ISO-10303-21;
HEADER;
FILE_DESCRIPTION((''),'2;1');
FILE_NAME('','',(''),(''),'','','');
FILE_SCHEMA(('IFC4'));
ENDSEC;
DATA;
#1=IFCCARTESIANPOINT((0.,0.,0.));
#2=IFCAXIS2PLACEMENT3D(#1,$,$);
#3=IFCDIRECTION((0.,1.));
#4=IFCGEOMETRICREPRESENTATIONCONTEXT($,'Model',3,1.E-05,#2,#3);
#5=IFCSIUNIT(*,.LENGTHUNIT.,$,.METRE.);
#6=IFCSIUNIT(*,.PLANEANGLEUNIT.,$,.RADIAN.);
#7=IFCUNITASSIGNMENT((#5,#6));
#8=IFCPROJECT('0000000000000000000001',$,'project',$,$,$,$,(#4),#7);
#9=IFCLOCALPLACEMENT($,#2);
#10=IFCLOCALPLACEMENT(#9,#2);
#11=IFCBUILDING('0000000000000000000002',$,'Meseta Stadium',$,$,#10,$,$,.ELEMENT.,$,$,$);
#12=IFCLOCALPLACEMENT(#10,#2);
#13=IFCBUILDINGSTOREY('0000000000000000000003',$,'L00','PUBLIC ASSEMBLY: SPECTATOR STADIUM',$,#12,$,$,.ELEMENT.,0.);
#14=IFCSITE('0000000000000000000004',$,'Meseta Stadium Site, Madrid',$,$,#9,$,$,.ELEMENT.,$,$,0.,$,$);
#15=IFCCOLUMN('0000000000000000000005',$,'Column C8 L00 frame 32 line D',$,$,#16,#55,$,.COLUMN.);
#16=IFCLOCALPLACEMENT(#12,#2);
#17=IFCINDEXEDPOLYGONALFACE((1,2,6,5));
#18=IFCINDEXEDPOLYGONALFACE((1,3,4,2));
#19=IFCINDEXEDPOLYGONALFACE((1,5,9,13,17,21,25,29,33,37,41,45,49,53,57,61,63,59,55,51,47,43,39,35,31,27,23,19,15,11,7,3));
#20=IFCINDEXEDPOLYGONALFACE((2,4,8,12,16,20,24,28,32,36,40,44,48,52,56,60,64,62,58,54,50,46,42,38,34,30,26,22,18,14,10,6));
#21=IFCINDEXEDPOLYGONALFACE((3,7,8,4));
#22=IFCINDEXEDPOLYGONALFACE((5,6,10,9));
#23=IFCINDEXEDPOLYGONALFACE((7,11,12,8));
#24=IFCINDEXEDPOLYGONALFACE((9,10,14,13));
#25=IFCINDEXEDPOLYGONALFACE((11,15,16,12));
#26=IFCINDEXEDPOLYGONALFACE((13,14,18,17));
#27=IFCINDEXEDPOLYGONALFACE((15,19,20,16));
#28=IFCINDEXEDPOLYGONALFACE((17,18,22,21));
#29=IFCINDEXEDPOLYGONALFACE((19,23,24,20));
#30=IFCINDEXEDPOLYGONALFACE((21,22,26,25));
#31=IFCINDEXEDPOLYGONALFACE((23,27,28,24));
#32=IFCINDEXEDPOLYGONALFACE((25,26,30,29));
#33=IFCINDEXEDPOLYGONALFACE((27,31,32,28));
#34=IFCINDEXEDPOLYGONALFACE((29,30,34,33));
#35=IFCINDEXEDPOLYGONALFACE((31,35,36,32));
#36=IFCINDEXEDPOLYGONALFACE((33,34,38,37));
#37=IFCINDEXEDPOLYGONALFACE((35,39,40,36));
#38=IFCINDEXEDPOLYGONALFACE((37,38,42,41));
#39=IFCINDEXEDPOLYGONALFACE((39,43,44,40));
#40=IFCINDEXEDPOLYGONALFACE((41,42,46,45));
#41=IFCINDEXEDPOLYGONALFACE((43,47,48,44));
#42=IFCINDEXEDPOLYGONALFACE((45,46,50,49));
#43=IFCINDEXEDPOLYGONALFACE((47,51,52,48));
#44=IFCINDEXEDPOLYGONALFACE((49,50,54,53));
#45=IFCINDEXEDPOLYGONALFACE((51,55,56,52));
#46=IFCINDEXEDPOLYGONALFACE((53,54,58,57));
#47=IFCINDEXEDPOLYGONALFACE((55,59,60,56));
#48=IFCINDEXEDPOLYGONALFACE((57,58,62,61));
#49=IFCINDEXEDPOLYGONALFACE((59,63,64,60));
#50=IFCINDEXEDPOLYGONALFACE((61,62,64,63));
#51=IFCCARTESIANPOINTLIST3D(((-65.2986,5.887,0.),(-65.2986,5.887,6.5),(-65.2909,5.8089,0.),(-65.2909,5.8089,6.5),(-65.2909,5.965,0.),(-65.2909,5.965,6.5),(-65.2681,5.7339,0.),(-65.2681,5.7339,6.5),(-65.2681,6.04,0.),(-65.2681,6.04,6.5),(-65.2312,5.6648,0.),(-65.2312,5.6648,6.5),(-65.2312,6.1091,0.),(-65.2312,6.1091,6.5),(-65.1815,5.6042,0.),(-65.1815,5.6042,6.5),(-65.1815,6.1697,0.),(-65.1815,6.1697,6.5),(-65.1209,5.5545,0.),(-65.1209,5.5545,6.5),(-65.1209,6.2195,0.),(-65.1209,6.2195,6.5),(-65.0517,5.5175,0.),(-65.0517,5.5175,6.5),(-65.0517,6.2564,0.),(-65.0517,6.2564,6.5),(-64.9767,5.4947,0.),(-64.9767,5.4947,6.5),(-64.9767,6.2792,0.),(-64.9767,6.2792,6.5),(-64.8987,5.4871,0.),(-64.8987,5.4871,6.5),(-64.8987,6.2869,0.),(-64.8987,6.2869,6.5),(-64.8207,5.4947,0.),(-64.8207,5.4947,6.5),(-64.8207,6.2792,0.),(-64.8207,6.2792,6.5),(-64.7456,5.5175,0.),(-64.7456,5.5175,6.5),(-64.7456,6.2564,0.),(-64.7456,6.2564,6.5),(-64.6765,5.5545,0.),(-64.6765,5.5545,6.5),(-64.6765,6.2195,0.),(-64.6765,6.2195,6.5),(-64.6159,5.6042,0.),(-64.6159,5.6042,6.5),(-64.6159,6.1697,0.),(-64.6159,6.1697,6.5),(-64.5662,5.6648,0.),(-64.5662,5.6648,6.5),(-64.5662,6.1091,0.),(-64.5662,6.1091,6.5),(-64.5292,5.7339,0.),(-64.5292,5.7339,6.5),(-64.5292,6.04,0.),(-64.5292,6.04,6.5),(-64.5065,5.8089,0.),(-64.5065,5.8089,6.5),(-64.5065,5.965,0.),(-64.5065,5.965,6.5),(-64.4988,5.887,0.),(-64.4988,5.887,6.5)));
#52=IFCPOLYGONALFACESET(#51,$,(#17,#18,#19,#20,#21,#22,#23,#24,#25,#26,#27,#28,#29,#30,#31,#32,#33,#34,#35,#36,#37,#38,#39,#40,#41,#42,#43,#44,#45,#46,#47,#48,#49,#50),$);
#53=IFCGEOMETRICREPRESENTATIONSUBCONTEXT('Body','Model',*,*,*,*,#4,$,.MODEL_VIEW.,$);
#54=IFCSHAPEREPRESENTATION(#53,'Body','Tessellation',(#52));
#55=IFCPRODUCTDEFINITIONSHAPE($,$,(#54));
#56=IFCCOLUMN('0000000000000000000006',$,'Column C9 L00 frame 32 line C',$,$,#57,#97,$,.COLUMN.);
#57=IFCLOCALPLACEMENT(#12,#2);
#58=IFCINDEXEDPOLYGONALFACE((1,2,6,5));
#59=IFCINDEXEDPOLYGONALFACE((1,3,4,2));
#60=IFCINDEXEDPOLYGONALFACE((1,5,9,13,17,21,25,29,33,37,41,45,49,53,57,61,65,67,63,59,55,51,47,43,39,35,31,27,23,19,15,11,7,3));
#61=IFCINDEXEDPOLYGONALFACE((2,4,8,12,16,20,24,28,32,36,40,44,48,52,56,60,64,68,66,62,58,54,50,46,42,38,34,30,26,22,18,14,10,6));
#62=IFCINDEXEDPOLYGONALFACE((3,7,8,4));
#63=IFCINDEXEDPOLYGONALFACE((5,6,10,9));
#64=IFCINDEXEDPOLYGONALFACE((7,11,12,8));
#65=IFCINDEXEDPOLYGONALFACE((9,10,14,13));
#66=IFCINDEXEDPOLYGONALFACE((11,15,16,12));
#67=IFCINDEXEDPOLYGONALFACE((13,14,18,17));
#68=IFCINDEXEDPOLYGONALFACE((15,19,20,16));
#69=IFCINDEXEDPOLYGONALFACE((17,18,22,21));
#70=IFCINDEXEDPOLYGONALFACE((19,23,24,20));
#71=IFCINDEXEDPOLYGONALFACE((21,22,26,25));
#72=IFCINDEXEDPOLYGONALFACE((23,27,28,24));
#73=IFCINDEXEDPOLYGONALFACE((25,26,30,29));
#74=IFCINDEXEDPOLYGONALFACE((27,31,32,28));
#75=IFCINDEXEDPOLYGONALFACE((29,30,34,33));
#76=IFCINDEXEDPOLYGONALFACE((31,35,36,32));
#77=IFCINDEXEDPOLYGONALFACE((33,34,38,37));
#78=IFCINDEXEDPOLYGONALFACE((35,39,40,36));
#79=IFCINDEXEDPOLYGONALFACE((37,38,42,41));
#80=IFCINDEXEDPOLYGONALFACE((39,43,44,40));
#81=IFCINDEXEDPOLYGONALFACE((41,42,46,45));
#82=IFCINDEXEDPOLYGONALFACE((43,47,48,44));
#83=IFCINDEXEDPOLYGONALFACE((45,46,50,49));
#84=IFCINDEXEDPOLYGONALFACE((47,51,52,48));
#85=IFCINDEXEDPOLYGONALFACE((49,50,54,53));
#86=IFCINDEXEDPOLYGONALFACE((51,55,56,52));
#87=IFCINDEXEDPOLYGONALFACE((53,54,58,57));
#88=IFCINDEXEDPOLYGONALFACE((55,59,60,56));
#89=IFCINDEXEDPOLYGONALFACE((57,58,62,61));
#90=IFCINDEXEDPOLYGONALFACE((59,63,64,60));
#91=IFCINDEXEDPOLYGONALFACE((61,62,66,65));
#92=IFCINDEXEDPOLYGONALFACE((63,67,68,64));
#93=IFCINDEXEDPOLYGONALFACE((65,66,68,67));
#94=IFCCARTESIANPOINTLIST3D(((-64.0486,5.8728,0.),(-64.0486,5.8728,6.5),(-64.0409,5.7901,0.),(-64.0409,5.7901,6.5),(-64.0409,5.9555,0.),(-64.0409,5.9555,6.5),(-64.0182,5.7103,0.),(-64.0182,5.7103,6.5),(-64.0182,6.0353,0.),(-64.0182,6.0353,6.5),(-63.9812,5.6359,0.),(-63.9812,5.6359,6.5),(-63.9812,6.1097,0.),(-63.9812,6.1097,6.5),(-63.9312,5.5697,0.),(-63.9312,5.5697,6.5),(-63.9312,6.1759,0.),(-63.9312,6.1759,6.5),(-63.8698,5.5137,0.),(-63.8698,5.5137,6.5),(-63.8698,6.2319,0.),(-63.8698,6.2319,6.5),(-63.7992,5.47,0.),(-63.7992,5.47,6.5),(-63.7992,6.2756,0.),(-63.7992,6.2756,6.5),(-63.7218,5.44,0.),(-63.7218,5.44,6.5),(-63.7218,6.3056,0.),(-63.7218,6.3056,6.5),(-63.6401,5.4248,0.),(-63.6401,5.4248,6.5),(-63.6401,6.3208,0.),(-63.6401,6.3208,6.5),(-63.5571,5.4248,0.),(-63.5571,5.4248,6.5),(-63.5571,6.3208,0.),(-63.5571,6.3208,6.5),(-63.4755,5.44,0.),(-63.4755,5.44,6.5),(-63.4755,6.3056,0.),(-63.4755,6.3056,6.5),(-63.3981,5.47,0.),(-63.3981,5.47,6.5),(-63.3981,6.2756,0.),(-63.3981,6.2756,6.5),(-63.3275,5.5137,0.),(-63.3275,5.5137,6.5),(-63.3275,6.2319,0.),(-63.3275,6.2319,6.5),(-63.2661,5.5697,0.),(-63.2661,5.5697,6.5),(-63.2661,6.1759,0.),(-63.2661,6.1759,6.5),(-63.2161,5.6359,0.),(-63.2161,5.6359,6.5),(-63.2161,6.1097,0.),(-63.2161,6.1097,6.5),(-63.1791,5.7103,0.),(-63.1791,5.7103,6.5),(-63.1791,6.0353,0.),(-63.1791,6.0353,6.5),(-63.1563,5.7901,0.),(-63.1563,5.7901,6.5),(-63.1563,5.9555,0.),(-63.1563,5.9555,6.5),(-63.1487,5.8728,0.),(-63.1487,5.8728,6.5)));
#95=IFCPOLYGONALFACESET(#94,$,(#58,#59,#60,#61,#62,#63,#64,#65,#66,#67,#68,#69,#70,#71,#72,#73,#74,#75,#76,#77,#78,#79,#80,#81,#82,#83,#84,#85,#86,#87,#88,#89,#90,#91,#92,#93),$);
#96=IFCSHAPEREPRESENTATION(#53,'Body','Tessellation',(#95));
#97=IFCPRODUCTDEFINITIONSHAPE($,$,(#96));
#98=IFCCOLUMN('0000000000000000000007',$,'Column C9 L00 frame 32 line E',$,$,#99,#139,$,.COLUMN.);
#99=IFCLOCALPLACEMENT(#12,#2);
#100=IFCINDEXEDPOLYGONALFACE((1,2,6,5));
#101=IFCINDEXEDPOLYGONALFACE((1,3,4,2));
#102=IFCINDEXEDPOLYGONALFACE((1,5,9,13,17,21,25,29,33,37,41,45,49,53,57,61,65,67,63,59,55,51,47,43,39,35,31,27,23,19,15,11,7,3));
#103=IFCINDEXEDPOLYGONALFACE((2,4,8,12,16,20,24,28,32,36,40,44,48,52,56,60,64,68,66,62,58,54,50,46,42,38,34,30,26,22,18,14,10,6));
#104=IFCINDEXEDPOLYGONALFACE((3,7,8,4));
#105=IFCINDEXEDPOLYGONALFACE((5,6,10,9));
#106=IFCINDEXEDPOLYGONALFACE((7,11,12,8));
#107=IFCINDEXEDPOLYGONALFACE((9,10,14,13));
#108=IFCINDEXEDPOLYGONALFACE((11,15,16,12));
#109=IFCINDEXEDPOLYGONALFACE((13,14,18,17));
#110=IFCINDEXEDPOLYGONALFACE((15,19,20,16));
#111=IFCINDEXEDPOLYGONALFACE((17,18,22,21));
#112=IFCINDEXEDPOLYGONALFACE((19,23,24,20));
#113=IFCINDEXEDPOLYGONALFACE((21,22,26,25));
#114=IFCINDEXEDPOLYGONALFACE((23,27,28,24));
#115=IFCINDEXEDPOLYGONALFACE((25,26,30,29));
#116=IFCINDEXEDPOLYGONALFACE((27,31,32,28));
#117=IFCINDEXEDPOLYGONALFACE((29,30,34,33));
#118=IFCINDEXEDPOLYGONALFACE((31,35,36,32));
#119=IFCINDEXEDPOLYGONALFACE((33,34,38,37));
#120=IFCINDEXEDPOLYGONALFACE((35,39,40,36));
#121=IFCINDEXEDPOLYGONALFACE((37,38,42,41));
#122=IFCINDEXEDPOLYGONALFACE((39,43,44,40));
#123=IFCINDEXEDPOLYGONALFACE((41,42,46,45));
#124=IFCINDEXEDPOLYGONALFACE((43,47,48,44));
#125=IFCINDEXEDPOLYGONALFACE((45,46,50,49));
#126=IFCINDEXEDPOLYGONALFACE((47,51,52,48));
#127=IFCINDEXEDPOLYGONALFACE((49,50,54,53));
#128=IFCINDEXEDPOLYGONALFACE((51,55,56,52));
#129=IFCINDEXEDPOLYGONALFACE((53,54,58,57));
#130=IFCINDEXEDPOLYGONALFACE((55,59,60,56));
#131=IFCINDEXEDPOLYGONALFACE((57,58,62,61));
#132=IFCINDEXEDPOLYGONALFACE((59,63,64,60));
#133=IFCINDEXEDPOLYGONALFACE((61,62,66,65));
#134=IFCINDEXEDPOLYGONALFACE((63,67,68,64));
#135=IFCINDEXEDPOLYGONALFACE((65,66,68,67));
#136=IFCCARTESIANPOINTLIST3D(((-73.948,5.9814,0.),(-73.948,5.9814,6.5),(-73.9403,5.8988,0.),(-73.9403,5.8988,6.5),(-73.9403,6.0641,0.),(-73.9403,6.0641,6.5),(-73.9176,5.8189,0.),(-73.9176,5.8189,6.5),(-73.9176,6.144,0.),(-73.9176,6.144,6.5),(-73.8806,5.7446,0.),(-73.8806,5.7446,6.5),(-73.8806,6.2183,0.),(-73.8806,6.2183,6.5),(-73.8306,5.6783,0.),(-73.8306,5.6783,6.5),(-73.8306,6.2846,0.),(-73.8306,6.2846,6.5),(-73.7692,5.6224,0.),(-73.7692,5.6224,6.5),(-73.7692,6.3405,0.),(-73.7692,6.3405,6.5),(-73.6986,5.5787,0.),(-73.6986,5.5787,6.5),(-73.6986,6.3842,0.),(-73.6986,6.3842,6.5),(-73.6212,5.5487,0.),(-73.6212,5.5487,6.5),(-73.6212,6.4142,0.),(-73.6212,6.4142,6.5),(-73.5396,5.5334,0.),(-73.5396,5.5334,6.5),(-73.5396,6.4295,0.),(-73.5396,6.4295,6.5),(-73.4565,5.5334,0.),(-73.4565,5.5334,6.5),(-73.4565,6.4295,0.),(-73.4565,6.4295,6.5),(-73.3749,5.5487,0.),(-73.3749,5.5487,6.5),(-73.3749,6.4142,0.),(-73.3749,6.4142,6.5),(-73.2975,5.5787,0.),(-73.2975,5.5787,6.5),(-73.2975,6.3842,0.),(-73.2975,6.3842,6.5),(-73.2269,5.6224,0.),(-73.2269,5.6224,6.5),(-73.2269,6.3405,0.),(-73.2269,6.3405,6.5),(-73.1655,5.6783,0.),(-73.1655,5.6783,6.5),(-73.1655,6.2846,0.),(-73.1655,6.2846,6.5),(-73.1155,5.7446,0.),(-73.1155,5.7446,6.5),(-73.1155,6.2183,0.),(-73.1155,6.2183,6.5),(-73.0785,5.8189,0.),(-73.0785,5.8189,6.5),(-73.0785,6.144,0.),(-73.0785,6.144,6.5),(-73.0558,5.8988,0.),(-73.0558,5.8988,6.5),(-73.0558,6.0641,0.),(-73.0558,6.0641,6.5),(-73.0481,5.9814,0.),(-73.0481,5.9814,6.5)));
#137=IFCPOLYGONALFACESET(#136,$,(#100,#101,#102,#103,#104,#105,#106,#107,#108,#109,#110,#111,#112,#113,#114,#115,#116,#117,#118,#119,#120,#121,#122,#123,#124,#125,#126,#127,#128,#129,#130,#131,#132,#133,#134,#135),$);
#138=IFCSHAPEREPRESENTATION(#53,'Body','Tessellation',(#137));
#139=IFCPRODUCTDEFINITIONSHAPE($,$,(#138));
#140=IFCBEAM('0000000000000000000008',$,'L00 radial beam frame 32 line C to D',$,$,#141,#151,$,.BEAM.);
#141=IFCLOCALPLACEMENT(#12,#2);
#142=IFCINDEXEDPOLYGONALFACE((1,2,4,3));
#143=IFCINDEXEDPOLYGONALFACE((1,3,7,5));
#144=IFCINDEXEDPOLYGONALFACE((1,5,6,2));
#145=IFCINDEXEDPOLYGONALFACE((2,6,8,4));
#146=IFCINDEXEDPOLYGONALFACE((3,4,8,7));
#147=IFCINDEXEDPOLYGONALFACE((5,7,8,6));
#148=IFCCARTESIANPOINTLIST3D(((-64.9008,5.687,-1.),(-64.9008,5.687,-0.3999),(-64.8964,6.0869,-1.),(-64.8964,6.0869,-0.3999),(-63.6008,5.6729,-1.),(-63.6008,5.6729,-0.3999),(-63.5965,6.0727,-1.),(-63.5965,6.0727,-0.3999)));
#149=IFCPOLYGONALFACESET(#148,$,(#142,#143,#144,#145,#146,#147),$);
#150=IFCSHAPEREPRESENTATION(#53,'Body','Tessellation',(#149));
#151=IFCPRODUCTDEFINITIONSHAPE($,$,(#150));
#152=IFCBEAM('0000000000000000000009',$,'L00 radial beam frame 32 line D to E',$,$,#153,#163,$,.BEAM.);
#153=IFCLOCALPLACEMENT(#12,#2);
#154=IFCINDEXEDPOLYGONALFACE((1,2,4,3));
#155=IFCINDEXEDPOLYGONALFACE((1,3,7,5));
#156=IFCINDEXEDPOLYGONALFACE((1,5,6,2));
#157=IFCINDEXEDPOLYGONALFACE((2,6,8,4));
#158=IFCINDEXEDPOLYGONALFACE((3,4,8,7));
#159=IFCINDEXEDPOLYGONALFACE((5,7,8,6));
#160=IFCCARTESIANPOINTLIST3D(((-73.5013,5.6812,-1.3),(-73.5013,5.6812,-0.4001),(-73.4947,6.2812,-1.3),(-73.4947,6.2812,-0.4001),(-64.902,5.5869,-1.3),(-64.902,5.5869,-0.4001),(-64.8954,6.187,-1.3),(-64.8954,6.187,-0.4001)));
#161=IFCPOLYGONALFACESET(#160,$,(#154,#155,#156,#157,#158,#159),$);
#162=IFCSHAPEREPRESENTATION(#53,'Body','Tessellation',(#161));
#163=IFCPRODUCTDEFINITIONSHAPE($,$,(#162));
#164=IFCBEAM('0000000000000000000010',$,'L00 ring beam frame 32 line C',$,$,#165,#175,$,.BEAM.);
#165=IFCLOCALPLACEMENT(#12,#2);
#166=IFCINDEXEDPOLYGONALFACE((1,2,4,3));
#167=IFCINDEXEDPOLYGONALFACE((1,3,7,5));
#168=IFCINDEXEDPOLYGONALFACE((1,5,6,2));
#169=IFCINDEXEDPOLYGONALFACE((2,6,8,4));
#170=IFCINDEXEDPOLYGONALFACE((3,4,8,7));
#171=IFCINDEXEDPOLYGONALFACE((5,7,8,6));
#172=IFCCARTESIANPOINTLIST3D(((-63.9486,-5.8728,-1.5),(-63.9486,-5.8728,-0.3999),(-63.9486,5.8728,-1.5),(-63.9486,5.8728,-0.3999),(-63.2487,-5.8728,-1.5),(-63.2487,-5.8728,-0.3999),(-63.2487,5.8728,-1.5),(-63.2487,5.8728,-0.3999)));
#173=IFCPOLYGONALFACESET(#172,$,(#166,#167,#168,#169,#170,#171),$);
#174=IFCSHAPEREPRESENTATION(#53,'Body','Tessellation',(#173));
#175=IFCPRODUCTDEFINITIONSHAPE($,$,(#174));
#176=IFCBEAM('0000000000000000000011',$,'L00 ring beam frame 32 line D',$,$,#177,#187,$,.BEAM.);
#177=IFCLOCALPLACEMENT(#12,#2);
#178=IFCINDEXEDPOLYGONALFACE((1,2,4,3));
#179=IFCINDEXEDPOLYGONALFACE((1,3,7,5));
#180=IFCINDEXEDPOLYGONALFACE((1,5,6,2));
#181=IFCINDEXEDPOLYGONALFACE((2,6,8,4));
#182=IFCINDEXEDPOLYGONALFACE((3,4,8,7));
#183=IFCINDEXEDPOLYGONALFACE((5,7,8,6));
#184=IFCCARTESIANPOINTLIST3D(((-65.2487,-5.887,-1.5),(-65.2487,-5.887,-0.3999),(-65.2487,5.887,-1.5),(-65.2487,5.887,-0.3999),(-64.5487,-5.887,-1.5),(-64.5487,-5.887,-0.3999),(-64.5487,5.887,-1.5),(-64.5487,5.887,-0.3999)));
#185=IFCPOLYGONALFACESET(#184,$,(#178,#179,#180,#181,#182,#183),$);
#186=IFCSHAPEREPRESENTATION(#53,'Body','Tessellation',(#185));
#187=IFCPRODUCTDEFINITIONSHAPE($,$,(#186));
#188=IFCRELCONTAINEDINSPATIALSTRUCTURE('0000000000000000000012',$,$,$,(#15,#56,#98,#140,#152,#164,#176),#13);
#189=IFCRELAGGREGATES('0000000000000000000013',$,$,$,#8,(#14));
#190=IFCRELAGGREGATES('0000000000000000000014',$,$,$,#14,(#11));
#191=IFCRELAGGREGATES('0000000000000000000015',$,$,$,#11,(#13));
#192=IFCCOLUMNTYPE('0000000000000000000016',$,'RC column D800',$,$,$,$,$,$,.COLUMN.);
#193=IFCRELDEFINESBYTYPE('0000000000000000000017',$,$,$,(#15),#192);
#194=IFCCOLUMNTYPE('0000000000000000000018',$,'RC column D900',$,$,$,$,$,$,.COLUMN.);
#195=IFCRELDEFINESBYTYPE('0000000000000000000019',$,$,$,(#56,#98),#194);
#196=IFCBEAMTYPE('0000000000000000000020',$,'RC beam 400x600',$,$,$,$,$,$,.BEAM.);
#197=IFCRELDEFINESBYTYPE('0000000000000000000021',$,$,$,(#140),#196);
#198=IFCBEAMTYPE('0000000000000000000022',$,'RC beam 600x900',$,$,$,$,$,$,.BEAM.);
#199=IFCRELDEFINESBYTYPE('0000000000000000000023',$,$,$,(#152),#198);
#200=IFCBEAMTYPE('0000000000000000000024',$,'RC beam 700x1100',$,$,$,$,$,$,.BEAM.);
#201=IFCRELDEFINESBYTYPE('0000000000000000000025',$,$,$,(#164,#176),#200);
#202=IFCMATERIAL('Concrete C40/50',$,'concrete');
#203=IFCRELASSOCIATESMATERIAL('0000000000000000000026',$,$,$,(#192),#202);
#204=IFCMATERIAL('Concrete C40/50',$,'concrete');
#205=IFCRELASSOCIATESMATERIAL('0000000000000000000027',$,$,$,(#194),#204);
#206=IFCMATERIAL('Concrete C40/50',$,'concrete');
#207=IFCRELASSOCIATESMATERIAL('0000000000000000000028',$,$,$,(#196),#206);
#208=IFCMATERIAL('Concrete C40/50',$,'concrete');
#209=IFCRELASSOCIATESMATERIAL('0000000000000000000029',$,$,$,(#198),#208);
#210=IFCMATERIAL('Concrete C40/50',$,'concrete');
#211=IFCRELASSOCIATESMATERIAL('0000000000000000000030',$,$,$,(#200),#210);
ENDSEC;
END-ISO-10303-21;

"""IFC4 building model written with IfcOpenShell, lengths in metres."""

from ifc_helpers import new_model, si_unit, direction, frame, origin, origin_2d, place, context, subcontext, project, spatial, rectangle, circle, extrude, material, material_profile, profile_set, type_object, element, save


model = new_model("IFC4")

# Units and contexts
model_context = context("Model", 3, precision=1e-05, world=origin(), true_north=direction((0.0, 1.0)))
body_context = subcontext(model_context, "Body", "Model", "MODEL_VIEW")
ifc_project = project(units=[si_unit("LENGTHUNIT", "METRE"), si_unit("PLANEANGLEUNIT", "RADIAN")], contexts=[model_context])

# Site, building, storey
site_placement = place(None, origin())
site = spatial("IfcSite", under=ifc_project, at=site_placement, Name="Meseta Stadium Site, Madrid", CompositionType="ELEMENT", RefElevation=0.0)
building_placement = place(site_placement, origin())
building = spatial("IfcBuilding", under=site, at=building_placement, Name="Meseta Stadium", CompositionType="ELEMENT")
storey_placement = place(building_placement, origin())
storey = spatial("IfcBuildingStorey", under=building, at=storey_placement, Name="L00", Description="PUBLIC ASSEMBLY: SPECTATOR STADIUM", CompositionType="ELEMENT", Elevation=0.0)

# Columns
ifc_material_1 = material(Name="Concrete C40/50", Category="concrete")
ifc_material_profile_1 = material_profile(ifc_material_1, circle(Radius=0.3999, at=origin_2d()), Name="RC D800")
ifc_profile_set_1 = profile_set([ifc_material_profile_1], Name="Concrete C40/50")
column_type_1 = type_object("IfcColumnType", Name="RC column D800", PredefinedType="COLUMN", material=ifc_profile_set_1)
column_placement = place(storey_placement, frame((-64.8987, 5.887, 0.0), z_axis=(0.0, 0.0, 1.0), x_axis=(1.0, 0.0, 0.0)))
element("IfcColumn", 1, at=column_placement, inside=storey, type_object=column_type_1, Name="Column C8 L00 frame 32 line D", PredefinedType="COLUMN", context=body_context, shape_type="SweptSolid", body=[
    extrude(circle(Radius=0.3999, at=origin_2d()), origin(), (0.0, 0.0, 1.0), 6.5),
])
ifc_material_2 = material(Name="Concrete C40/50", Category="concrete")
ifc_material_profile_2 = material_profile(ifc_material_2, circle(Radius=0.45, at=origin_2d()), Name="RC D900")
ifc_profile_set_2 = profile_set([ifc_material_profile_2], Name="Concrete C40/50")
column_type_2 = type_object("IfcColumnType", Name="RC column D900", PredefinedType="COLUMN", material=ifc_profile_set_2)
for number, where, z_axis, x_axis, name in (
    (2, (-63.5986, 5.8728, 0.0), (0.0, 0.0, 1.0), (1.0, 0.0, 0.0), "Column C9 L00 frame 32 line C"),
    (3, (-73.498, 5.9814, 0.0), (0.0, 0.0, 1.0), (1.0, 0.0, 0.0), "Column C9 L00 frame 32 line E"),
):
    element("IfcColumn", number, at=place(storey_placement, frame(where, z_axis=z_axis, x_axis=x_axis)), inside=storey, type_object=column_type_2, Name=name, PredefinedType="COLUMN", context=body_context, shape_type="SweptSolid", body=[
        extrude(circle(Radius=0.45, at=origin_2d()), origin(), (0.0, 0.0, 1.0), 6.5),
    ])

# Beams
ifc_material_3 = material(Name="Concrete C40/50", Category="concrete")
ifc_material_profile_3 = material_profile(ifc_material_3, rectangle(XDim=0.3999, YDim=0.6001, at=origin_2d()), Name="RC 400x600")
ifc_profile_set_3 = profile_set([ifc_material_profile_3], Name="Concrete C40/50")
beam_type_1 = type_object("IfcBeamType", Name="RC beam 400x600", PredefinedType="BEAM", material=ifc_profile_set_3)
beam_1_placement = place(storey_placement, frame((-63.5986, 5.8728, -0.7), z_axis=(-0.999941, 0.010891, 0.0), x_axis=(-0.010891, -0.999941, 0.0)))
element("IfcBeam", 4, at=beam_1_placement, inside=storey, type_object=beam_type_1, Name="L00 radial beam frame 32 line C to D", PredefinedType="BEAM", context=body_context, shape_type="SweptSolid", body=[
    extrude(rectangle(XDim=0.3999, YDim=0.6001, at=origin_2d()), origin(), (0.0, 0.0, 1.0), 1.3),
])
ifc_material_4 = material(Name="Concrete C40/50", Category="concrete")
ifc_material_profile_4 = material_profile(ifc_material_4, rectangle(XDim=0.6001, YDim=0.8999, at=origin_2d()), Name="RC 600x900")
ifc_profile_set_4 = profile_set([ifc_material_profile_4], Name="Concrete C40/50")
beam_type_2 = type_object("IfcBeamType", Name="RC beam 600x900", PredefinedType="BEAM", material=ifc_profile_set_4)
beam_2_placement = place(storey_placement, frame((-64.8987, 5.887, -0.8501), z_axis=(-0.99994, 0.010958, 0.0), x_axis=(-0.010958, -0.99994, 0.0)))
element("IfcBeam", 5, at=beam_2_placement, inside=storey, type_object=beam_type_2, Name="L00 radial beam frame 32 line D to E", PredefinedType="BEAM", context=body_context, shape_type="SweptSolid", body=[
    extrude(rectangle(XDim=0.6001, YDim=0.8999, at=origin_2d()), origin(), (0.0, 0.0, 1.0), 8.5999),
])
ifc_material_5 = material(Name="Concrete C40/50", Category="concrete")
ifc_material_profile_5 = material_profile(ifc_material_5, rectangle(XDim=0.7, YDim=1.1001, at=origin_2d()), Name="RC 700x1100")
ifc_profile_set_5 = profile_set([ifc_material_profile_5], Name="Concrete C40/50")
beam_type_3 = type_object("IfcBeamType", Name="RC beam 700x1100", PredefinedType="BEAM", material=ifc_profile_set_5)
beam_3_placement = place(storey_placement, frame((-63.5986, 5.8728, -0.95), z_axis=(0.0, -1.0, 0.0), x_axis=(1.0, 0.0, 0.0)))
element("IfcBeam", 6, at=beam_3_placement, inside=storey, type_object=beam_type_3, Name="L00 ring beam frame 32 line C", PredefinedType="BEAM", context=body_context, shape_type="SweptSolid", body=[
    extrude(rectangle(XDim=0.7, YDim=1.1001, at=origin_2d()), origin(), (0.0, 0.0, 1.0), 11.7456),
])
beam_4_placement = place(storey_placement, frame((-64.8987, 5.887, -0.95), z_axis=(0.0, -1.0, 0.0), x_axis=(1.0, 0.0, 0.0)))
element("IfcBeam", 7, at=beam_4_placement, inside=storey, type_object=beam_type_3, Name="L00 ring beam frame 32 line D", PredefinedType="BEAM", context=body_context, shape_type="SweptSolid", body=[
    extrude(rectangle(XDim=0.7, YDim=1.1001, at=origin_2d()), origin(), (0.0, 0.0, 1.0), 11.7739),
])

save(model, "model.ifc")
